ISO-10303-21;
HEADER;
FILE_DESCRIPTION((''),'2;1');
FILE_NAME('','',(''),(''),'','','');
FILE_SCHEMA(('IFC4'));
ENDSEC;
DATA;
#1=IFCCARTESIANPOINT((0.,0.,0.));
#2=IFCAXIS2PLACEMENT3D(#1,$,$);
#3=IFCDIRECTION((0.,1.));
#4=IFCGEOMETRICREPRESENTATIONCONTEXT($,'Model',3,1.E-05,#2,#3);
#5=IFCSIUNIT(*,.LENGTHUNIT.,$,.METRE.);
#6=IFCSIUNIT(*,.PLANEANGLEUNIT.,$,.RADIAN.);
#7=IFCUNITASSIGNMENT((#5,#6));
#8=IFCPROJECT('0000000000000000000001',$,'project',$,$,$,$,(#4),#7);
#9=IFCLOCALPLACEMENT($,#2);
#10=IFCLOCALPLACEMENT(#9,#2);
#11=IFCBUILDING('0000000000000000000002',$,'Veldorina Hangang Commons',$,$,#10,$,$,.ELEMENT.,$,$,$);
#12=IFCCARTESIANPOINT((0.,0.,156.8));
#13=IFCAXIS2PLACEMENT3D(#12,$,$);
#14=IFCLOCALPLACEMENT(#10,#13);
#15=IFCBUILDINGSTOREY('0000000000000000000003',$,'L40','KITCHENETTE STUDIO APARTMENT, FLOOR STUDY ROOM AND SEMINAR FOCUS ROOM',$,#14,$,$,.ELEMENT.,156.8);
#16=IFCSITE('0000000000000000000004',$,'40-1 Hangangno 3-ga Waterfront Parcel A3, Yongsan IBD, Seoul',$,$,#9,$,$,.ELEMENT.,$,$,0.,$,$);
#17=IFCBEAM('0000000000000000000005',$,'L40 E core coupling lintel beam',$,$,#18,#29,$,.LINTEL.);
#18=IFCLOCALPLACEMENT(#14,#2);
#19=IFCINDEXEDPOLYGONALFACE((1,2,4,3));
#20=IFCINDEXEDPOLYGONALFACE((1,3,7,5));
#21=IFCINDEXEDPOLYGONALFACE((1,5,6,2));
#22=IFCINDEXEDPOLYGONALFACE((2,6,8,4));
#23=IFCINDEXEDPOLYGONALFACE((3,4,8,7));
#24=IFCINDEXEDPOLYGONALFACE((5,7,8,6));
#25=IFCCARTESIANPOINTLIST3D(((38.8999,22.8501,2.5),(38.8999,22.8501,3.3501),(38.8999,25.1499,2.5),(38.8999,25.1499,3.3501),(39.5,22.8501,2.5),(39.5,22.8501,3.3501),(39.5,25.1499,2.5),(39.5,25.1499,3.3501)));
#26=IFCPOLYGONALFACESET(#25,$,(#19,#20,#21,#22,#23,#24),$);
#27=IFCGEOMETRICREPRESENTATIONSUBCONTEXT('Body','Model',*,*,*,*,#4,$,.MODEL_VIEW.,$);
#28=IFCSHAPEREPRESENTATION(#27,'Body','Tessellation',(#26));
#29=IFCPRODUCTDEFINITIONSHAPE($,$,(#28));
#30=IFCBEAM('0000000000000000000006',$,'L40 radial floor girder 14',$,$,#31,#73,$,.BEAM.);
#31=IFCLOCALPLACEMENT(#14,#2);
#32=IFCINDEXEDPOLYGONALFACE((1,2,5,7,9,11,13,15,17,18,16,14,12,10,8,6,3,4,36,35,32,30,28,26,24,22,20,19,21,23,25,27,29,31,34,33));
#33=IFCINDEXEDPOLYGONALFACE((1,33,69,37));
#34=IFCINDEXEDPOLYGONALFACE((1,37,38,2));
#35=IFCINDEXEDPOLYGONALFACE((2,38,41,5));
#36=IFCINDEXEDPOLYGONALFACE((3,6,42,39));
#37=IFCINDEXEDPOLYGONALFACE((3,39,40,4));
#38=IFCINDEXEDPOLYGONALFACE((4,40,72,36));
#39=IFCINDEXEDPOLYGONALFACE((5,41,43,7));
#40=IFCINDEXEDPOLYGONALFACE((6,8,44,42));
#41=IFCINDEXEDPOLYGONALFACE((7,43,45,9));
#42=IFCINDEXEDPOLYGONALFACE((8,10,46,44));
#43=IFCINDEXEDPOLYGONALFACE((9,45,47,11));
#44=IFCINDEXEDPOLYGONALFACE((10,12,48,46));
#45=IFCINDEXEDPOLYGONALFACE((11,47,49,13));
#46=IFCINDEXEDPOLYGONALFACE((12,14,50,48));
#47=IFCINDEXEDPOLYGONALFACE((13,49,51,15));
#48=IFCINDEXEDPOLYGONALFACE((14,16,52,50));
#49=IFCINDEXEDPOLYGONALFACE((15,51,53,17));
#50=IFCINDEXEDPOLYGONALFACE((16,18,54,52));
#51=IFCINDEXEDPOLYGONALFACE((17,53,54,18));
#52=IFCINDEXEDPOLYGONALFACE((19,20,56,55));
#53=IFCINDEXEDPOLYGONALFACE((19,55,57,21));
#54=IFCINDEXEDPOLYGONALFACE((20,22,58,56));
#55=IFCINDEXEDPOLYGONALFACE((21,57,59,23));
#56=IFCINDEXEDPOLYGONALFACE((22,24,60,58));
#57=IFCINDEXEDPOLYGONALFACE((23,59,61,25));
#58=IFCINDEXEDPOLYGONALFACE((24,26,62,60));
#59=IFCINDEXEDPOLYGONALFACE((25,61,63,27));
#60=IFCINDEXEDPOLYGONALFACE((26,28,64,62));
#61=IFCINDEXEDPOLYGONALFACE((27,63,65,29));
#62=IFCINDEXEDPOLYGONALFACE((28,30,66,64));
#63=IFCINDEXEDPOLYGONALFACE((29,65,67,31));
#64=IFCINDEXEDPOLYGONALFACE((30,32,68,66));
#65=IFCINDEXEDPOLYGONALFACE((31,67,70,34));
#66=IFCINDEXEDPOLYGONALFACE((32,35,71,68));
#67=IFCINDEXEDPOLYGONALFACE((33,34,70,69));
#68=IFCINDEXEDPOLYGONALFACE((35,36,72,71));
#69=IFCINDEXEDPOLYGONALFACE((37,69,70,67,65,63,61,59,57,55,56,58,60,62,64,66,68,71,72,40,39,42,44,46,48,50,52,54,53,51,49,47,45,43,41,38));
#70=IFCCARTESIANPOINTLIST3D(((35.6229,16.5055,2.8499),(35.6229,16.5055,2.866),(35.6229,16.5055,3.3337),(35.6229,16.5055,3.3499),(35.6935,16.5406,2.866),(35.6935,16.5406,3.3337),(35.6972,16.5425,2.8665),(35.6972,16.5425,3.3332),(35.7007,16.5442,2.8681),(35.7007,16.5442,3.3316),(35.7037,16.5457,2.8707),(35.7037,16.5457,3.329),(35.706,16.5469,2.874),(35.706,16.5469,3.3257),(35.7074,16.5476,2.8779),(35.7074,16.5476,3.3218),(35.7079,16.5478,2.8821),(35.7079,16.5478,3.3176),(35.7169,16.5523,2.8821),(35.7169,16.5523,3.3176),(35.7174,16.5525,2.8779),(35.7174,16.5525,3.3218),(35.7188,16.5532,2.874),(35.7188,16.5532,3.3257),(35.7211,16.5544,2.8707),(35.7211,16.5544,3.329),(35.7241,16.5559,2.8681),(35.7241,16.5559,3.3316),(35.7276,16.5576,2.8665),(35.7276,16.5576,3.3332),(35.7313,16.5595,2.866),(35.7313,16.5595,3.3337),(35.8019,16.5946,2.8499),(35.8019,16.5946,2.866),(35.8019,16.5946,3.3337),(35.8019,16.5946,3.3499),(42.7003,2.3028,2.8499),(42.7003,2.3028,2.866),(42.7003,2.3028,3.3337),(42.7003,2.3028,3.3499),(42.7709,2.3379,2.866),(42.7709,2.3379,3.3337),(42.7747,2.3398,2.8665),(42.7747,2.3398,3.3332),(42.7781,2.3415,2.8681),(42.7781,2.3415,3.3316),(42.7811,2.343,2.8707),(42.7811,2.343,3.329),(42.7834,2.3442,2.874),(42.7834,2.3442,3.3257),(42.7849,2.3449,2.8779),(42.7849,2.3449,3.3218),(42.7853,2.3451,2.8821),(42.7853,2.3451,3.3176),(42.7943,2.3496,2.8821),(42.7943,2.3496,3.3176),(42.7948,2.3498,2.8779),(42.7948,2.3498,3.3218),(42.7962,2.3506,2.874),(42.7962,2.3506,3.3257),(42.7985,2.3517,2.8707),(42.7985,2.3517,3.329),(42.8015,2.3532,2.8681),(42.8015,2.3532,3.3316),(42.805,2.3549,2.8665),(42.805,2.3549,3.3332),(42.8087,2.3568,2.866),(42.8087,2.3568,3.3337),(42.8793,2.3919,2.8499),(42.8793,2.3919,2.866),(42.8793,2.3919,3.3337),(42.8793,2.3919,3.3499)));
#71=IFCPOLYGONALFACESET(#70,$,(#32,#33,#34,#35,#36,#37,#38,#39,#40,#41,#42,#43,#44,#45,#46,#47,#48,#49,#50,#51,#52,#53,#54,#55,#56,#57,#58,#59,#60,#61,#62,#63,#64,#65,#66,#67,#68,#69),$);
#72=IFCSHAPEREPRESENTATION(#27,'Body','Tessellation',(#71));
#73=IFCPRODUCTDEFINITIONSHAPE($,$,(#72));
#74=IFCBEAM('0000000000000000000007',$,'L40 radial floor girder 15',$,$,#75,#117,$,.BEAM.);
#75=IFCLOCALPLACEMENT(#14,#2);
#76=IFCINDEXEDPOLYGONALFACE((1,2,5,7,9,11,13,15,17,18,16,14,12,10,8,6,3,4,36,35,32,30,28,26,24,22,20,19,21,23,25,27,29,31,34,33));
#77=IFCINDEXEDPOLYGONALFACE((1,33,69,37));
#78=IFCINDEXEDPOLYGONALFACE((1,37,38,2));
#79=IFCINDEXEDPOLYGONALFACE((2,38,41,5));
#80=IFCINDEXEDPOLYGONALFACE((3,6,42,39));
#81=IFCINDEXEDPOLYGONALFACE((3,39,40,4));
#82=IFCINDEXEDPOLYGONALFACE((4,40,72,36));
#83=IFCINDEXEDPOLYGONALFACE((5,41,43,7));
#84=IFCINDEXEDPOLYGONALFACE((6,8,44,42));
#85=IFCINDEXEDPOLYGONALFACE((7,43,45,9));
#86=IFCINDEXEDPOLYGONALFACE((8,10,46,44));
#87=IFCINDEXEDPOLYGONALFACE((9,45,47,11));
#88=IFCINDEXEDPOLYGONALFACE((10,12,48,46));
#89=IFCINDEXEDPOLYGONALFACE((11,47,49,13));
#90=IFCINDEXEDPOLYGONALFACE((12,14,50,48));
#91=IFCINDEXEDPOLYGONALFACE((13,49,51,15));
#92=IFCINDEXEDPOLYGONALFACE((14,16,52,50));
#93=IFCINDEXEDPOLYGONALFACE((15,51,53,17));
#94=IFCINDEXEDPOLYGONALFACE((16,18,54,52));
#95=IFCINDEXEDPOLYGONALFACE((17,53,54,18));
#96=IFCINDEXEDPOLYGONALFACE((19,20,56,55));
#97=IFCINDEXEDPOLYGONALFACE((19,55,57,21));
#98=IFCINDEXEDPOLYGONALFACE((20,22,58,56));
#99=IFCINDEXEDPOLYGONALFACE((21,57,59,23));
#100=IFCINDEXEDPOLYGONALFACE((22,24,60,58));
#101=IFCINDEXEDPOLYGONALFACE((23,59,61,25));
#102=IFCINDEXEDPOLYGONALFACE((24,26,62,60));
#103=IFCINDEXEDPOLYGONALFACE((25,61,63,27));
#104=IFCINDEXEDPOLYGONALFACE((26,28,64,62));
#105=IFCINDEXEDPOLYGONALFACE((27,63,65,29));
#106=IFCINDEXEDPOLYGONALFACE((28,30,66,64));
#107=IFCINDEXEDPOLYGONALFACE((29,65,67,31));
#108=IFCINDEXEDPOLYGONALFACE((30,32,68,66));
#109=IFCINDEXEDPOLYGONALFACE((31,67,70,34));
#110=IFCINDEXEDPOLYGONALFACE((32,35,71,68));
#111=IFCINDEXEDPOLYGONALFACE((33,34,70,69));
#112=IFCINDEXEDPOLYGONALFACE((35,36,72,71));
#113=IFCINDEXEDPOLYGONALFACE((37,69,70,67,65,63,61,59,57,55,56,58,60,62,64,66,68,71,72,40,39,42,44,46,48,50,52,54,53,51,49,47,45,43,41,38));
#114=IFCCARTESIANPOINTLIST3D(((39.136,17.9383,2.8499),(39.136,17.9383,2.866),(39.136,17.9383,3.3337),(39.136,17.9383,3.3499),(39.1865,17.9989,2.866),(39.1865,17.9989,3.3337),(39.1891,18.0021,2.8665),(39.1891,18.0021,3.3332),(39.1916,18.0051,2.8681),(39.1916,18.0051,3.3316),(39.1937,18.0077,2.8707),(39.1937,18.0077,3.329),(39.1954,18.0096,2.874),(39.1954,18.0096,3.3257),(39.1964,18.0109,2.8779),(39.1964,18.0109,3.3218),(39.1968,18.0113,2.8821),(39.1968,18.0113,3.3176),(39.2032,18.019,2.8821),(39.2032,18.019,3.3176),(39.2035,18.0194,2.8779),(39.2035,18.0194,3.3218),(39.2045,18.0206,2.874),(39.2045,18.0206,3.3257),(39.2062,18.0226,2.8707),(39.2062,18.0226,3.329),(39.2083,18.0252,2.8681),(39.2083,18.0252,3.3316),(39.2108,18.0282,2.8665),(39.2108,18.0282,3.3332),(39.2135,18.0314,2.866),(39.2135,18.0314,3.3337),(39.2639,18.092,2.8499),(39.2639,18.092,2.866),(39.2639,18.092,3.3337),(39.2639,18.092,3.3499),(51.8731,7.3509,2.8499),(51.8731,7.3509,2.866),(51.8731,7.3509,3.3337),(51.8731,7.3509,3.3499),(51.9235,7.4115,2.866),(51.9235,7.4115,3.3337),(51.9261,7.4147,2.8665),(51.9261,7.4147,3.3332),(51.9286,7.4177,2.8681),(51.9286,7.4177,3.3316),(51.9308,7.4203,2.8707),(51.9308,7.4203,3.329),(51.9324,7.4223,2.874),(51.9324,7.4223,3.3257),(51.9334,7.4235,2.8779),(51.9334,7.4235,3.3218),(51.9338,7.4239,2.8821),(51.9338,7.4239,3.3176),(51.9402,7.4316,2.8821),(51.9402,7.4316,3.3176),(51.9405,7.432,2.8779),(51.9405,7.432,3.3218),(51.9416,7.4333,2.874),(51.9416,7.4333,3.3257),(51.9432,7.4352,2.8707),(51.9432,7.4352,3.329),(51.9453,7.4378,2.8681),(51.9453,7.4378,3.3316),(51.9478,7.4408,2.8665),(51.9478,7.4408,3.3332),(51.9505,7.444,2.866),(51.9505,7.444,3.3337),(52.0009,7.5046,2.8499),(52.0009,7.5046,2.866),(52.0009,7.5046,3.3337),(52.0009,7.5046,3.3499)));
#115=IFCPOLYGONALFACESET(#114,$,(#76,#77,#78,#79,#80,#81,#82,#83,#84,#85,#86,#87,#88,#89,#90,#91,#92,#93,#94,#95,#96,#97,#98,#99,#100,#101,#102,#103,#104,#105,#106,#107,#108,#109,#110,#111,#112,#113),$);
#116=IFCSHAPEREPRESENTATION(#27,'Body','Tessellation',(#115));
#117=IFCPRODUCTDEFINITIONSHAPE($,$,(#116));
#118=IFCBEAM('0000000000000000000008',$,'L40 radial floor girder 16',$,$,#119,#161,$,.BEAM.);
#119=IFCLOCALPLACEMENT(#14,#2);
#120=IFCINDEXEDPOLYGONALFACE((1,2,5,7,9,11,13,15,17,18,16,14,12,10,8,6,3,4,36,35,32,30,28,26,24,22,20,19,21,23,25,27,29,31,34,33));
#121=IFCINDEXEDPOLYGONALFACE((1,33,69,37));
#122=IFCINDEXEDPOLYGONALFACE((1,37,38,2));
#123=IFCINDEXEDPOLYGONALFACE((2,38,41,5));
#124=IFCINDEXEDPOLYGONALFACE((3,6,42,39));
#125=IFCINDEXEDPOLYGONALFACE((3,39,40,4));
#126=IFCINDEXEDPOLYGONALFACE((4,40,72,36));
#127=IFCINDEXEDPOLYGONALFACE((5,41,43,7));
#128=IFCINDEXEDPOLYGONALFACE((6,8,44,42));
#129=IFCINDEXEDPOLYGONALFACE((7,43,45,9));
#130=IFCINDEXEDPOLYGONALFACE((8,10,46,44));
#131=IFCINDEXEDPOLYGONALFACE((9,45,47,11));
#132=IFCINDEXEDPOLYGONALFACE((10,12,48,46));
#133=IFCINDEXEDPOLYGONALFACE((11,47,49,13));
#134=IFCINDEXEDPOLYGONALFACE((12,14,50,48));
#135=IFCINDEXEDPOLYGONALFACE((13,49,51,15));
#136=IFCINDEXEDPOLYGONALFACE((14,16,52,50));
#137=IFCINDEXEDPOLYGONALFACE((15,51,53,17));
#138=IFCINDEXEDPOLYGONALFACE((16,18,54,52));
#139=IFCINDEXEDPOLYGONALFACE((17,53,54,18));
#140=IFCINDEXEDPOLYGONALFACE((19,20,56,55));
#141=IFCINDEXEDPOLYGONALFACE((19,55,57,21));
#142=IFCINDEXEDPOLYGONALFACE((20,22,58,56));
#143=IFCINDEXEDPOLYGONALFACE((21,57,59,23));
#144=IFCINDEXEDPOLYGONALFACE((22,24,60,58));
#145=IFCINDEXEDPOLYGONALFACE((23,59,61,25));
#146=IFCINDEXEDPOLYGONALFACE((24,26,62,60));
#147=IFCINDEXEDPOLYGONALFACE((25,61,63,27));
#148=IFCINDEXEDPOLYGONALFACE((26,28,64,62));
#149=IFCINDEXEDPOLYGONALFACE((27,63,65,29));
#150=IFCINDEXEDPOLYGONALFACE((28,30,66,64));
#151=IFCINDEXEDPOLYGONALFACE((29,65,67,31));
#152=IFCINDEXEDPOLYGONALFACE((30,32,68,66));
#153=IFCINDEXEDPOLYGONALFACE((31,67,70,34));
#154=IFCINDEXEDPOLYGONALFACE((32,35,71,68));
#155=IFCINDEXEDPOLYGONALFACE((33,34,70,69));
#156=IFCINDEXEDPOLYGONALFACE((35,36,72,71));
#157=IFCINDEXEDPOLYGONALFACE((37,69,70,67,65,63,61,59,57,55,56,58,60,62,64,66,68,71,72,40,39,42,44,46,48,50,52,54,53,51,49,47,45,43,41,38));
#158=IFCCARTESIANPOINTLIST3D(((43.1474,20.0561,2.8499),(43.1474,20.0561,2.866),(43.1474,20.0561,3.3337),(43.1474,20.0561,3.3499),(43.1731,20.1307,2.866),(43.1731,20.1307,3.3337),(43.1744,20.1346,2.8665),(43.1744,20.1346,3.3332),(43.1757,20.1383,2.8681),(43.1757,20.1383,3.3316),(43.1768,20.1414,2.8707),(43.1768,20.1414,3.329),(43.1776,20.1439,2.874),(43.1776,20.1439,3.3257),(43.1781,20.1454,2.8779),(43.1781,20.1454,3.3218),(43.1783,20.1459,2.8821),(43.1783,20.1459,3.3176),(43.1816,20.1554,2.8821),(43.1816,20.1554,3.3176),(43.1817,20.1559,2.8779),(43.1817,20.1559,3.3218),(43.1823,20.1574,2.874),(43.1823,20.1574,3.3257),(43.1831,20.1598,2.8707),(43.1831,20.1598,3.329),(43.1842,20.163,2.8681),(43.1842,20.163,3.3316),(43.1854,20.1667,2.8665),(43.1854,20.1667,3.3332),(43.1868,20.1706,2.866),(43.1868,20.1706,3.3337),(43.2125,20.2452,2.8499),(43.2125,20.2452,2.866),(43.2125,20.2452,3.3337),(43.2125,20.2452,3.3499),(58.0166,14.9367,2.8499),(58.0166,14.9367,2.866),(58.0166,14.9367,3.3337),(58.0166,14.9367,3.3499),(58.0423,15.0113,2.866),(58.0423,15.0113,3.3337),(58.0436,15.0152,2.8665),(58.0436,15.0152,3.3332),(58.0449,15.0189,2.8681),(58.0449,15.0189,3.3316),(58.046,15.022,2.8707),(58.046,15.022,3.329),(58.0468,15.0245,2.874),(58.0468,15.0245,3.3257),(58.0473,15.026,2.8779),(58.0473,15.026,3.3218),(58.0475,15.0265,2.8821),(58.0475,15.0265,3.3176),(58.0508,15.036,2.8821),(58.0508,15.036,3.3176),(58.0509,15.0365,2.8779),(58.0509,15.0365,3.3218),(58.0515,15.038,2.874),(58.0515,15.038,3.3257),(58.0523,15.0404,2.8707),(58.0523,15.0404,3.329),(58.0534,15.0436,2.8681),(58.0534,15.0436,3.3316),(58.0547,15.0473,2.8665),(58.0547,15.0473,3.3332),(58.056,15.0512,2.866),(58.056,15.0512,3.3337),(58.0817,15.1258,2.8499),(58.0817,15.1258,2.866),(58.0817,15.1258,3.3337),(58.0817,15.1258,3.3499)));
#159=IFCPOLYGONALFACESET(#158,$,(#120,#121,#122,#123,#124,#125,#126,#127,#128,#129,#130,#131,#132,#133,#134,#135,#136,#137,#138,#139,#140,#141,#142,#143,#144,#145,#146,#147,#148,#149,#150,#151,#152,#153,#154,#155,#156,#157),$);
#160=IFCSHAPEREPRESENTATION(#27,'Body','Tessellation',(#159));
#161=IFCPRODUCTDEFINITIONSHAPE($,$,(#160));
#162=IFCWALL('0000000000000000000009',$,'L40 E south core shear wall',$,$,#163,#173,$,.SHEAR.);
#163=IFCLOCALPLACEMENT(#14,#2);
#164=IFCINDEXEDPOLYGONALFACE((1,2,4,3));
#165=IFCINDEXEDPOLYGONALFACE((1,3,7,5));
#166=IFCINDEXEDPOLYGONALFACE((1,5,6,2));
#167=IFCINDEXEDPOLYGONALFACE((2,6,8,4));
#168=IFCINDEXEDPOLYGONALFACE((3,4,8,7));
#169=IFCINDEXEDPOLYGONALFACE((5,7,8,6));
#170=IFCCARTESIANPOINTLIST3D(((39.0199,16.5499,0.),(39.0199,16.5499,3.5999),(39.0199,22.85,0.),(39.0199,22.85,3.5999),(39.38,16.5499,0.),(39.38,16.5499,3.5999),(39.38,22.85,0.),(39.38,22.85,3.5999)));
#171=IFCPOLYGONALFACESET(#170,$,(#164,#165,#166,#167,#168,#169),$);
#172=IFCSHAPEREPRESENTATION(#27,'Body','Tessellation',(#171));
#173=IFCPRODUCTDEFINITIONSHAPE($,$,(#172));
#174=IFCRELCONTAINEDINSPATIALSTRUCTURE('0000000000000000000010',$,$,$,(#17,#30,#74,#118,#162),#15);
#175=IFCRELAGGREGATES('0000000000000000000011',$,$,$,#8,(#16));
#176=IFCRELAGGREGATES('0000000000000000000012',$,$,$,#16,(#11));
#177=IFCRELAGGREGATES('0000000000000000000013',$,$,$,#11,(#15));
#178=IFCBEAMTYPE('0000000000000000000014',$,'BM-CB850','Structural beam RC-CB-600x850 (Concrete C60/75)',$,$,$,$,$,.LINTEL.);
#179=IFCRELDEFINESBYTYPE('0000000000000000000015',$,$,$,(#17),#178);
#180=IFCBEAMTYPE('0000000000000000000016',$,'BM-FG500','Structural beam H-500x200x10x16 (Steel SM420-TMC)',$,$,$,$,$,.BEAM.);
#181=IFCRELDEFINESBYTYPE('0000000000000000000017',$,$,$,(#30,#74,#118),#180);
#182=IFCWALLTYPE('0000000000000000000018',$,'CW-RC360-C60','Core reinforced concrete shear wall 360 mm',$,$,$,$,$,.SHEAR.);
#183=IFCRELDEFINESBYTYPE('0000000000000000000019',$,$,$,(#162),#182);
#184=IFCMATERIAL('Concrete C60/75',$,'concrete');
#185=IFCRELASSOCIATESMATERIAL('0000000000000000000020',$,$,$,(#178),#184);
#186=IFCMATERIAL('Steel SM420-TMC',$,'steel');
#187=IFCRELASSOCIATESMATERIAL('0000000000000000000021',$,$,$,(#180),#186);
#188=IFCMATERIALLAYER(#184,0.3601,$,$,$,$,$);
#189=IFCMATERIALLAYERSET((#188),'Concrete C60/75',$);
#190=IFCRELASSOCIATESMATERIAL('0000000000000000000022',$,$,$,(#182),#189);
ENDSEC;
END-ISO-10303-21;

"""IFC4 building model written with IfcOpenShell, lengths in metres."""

from ifc_helpers import new_model, si_unit, direction, frame, frame_2d, origin, origin_2d, place, context, subcontext, project, spatial, rectangle, i_section, extrude, material, layer, layer_set, material_profile, profile_set, type_object, element, save


model = new_model("IFC4")

# Units and contexts
model_context = context("Model", 3, precision=1e-05, world=origin(), true_north=direction((0.0, 1.0)))
body_context = subcontext(model_context, "Body", "Model", "MODEL_VIEW")
ifc_project = project(units=[si_unit("LENGTHUNIT", "METRE"), si_unit("PLANEANGLEUNIT", "RADIAN")], contexts=[model_context])

# Site, building, storey
site_placement = place(None, origin())
site = spatial("IfcSite", under=ifc_project, at=site_placement, Name="40-1 Hangangno 3-ga Waterfront Parcel A3, Yongsan IBD, Seoul", CompositionType="ELEMENT", RefElevation=0.0)
building_placement = place(site_placement, origin())
building = spatial("IfcBuilding", under=site, at=building_placement, Name="Veldorina Hangang Commons", CompositionType="ELEMENT")
storey_placement = place(building_placement, frame((0.0, 0.0, 156.8)))
storey = spatial("IfcBuildingStorey", under=building, at=storey_placement, Name="L40", Description="KITCHENETTE STUDIO APARTMENT, FLOOR STUDY ROOM AND SEMINAR FOCUS ROOM", CompositionType="ELEMENT", Elevation=156.8)

# Beams
ifc_material_1 = material(Name="Concrete C60/75", Category="concrete")
ifc_material_profile_1 = material_profile(ifc_material_1, rectangle(XDim=0.6001, YDim=0.8501, at=origin_2d()), Name="RC-CB-600x850")
ifc_profile_set_1 = profile_set([ifc_material_profile_1], Name="Concrete C60/75")
beam_type_1 = type_object("IfcBeamType", Name="BM-CB850", Description="Structural beam RC-CB-600x850 (Concrete C60/75)", PredefinedType="LINTEL", material=ifc_profile_set_1)
beam_1_placement = place(storey_placement, frame((39.2, 22.8501, 2.925), z_axis=(0.0, 1.0, 0.0), x_axis=(-1.0, 0.0, 0.0)))
element("IfcBeam", 1, at=beam_1_placement, inside=storey, type_object=beam_type_1, Name="L40 E core coupling lintel beam", PredefinedType="LINTEL", context=body_context, shape_type="SweptSolid", body=[
    extrude(rectangle(XDim=0.6001, YDim=0.8501, at=origin_2d()), origin(), (0.0, 0.0, 1.0), 2.2998),
])
ifc_material_2 = material(Name="Steel SM420-TMC", Category="steel")
ifc_material_profile_2 = material_profile(ifc_material_2, i_section(OverallWidth=0.2, OverallDepth=0.5, WebThickness=0.01, FlangeThickness=0.0161, FilletRadius=0.0161, at=origin_2d()), Name="H-500x200x10x16")
ifc_profile_set_2 = profile_set([ifc_material_profile_2], Name="Steel SM420-TMC")
beam_type_2 = type_object("IfcBeamType", Name="BM-FG500", Description="Structural beam H-500x200x10x16 (Steel SM420-TMC)", PredefinedType="BEAM", material=ifc_profile_set_2)
beam_2_placement = place(storey_placement, frame((35.7124, 16.55, 3.0999), z_axis=(0.446007, -0.895029, 0.0), x_axis=(0.895029, 0.446007, 0.0)))
element("IfcBeam", 2, at=beam_2_placement, inside=storey, type_object=beam_type_2, Name="L40 radial floor girder 14", PredefinedType="BEAM", context=body_context, shape_type="SweptSolid", body=[
    extrude(i_section(OverallWidth=0.2, OverallDepth=0.5, WebThickness=0.01, FlangeThickness=0.0161, FilletRadius=0.0161, at=origin_2d()), origin(), (0.0, 0.0, 1.0), 15.8684),
])
beam_3_placement = place(storey_placement, frame((39.2, 18.0151, 3.0999), z_axis=(0.769017, -0.639228, 0.0), x_axis=(0.639228, 0.769017, 0.0)))
element("IfcBeam", 3, at=beam_3_placement, inside=storey, type_object=beam_type_2, Name="L40 radial floor girder 15", PredefinedType="BEAM", context=body_context, shape_type="SweptSolid", body=[
    extrude(i_section(OverallWidth=0.2, OverallDepth=0.5, WebThickness=0.01, FlangeThickness=0.0161, FilletRadius=0.0161, at=origin_2d()), origin(), (0.0, 0.0, 1.0), 16.5627),
])
beam_4_placement = place(storey_placement, frame((43.1799, 20.1506, 3.0999), z_axis=(0.945528, -0.325541, 0.0), x_axis=(0.325541, 0.945528, 0.0)))
element("IfcBeam", 4, at=beam_4_placement, inside=storey, type_object=beam_type_2, Name="L40 radial floor girder 16", PredefinedType="BEAM", context=body_context, shape_type="SweptSolid", body=[
    extrude(i_section(OverallWidth=0.2, OverallDepth=0.5, WebThickness=0.01, FlangeThickness=0.0161, FilletRadius=0.0161, at=origin_2d()), origin(), (0.0, 0.0, 1.0), 15.7258),
])

# Wall
ifc_layer_1 = layer(ifc_material_1, 0.3601)
ifc_layer_set_1 = layer_set([ifc_layer_1], Name="Concrete C60/75")
wall_type_1 = type_object("IfcWallType", Name="CW-RC360-C60", Description="Core reinforced concrete shear wall 360 mm", PredefinedType="SHEAR", material=ifc_layer_set_1)
wall_1_placement = place(storey_placement, frame((39.2, 16.55, 0.0), z_axis=(0.0, 0.0, 1.0), x_axis=(0.0, 1.0, 0.0)))
element("IfcWall", 5, at=wall_1_placement, inside=storey, type_object=wall_type_1, Name="L40 E south core shear wall", PredefinedType="SHEAR", context=body_context, shape_type="SweptSolid", body=[
    extrude(rectangle(XDim=6.3, YDim=0.3601, at=frame_2d((3.1499, 0.0))), origin(), (0.0, 0.0, 1.0), 3.5999),
])

save(model, "model.ifc")
